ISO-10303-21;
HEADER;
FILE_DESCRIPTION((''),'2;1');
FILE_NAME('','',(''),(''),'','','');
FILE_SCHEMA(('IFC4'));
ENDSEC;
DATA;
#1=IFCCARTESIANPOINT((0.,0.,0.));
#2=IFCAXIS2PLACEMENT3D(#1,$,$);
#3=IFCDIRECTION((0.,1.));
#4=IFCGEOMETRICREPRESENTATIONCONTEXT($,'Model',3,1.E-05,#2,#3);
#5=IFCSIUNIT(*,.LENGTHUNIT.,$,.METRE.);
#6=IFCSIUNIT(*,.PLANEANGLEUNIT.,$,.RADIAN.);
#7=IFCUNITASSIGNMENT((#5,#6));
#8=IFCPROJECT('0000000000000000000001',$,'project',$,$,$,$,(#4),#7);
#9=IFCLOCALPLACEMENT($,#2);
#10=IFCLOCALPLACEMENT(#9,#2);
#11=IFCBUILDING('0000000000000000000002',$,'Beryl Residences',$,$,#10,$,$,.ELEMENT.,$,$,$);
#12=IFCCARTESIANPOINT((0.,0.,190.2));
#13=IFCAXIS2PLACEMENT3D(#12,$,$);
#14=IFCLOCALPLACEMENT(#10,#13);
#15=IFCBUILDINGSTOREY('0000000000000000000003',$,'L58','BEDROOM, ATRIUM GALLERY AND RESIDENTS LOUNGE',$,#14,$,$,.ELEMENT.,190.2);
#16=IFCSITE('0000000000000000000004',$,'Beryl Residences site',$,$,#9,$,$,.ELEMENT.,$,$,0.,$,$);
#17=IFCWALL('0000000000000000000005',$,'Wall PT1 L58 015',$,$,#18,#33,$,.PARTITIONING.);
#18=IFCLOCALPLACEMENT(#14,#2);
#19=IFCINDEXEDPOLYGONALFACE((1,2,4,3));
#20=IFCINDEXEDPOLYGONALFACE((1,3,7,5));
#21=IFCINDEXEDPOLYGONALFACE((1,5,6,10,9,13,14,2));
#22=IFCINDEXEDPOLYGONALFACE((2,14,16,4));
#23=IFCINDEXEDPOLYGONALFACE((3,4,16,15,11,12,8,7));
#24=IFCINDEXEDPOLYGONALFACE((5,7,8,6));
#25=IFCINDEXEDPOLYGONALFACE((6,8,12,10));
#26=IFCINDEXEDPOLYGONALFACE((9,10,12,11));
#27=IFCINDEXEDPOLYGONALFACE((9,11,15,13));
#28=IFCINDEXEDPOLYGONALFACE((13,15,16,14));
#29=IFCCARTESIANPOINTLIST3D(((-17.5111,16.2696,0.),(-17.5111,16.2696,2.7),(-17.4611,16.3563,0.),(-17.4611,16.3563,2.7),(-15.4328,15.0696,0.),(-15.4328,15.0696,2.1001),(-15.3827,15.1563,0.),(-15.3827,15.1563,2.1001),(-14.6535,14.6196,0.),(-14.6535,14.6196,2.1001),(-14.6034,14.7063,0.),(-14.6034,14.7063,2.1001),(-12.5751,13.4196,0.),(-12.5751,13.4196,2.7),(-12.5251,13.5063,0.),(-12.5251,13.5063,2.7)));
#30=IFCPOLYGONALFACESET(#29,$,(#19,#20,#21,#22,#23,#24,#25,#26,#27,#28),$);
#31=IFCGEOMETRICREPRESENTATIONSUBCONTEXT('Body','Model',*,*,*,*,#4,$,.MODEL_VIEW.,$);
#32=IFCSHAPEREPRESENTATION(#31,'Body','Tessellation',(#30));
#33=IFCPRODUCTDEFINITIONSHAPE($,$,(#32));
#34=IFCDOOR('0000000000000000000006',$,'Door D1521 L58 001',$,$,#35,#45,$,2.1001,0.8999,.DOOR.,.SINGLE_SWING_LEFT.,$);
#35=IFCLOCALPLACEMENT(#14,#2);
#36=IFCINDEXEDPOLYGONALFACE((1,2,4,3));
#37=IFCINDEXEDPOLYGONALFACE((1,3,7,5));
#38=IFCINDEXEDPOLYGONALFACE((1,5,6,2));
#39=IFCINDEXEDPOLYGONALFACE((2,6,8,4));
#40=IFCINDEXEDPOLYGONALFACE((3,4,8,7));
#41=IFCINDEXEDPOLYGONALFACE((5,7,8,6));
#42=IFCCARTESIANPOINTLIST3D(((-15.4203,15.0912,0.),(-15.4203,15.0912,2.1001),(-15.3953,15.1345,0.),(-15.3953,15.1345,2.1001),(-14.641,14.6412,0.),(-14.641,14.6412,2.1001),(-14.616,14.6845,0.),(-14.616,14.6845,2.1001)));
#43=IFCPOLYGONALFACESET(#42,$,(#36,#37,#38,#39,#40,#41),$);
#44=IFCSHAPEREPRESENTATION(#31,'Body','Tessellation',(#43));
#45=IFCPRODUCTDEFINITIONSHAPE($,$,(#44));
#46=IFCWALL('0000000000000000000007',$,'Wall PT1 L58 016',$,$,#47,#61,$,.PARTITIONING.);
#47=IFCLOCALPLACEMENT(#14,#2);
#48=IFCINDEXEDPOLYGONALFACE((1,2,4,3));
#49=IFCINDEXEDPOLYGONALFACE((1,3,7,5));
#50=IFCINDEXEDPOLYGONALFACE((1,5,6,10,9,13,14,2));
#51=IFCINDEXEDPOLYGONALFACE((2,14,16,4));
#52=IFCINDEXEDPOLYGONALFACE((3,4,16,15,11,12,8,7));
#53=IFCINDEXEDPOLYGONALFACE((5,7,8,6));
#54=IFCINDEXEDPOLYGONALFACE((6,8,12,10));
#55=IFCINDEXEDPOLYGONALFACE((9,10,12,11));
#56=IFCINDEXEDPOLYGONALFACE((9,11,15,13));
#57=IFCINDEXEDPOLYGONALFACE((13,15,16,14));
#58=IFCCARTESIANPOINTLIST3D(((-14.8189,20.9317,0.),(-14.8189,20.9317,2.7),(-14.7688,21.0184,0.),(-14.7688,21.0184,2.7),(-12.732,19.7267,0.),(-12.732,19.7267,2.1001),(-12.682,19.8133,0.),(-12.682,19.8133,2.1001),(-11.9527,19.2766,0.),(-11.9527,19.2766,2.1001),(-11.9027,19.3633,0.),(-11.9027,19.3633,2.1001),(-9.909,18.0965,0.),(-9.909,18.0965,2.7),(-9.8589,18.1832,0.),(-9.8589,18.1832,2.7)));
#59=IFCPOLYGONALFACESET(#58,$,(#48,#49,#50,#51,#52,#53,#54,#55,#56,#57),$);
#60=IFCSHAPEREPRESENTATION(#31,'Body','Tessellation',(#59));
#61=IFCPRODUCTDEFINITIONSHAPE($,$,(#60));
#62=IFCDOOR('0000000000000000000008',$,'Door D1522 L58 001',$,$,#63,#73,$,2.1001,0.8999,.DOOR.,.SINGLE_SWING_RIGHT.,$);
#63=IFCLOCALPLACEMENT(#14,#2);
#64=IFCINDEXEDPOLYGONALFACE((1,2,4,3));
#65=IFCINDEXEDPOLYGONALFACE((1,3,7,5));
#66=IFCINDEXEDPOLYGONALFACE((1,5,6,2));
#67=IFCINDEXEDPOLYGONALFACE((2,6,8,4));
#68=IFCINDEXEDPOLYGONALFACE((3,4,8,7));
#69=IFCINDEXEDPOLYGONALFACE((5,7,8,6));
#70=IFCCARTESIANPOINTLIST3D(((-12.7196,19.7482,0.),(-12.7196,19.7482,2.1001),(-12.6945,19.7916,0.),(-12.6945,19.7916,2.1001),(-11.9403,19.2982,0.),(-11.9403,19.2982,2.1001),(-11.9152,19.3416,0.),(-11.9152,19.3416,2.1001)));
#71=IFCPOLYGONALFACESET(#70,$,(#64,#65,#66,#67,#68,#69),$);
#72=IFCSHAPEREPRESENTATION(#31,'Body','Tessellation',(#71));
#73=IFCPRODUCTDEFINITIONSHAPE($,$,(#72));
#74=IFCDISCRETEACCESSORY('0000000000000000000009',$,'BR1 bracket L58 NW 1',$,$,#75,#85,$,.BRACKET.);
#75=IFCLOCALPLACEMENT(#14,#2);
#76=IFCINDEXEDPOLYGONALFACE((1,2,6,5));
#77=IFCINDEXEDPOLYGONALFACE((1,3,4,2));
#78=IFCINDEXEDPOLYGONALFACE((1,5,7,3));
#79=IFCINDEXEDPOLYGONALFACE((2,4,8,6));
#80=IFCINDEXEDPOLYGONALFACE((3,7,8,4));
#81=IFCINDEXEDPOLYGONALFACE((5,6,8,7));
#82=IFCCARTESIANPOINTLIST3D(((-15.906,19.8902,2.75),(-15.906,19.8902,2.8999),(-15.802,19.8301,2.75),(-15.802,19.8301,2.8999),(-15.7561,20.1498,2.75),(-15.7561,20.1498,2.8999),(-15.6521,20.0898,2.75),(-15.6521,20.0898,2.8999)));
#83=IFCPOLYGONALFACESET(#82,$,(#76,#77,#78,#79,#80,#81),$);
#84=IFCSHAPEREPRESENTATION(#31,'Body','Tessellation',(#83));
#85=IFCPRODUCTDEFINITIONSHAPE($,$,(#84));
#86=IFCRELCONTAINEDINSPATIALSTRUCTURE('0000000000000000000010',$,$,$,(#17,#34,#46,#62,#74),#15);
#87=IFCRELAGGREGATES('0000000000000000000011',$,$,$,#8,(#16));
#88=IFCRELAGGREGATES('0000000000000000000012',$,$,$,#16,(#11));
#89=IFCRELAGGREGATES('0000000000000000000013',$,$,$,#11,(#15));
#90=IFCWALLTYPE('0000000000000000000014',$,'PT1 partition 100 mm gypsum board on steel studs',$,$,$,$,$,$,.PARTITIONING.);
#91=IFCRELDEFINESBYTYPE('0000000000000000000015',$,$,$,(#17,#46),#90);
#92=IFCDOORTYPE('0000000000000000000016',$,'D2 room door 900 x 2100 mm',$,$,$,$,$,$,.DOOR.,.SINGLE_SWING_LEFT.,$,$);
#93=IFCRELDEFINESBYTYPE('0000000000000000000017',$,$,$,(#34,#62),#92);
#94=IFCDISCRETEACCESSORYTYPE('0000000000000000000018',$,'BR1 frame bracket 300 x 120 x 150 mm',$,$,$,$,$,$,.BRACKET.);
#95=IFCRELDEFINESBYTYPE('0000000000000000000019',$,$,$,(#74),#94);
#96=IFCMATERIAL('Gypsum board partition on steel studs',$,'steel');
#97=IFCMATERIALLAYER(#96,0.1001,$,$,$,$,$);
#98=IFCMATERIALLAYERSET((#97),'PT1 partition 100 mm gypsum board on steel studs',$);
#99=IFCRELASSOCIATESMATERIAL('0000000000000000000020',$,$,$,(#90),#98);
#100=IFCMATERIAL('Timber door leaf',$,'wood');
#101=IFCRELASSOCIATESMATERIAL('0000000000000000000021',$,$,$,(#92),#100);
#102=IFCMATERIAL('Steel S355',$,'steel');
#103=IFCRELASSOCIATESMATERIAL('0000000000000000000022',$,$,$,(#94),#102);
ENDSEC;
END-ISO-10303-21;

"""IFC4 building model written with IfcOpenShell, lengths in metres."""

from ifc_helpers import new_model, si_unit, direction, frame, frame_2d, origin, place, context, subcontext, project, spatial, polyline, rectangle, outline, extrude, source, transform, mapped, material, layer, layer_set, type_object, type_shapes, element, fill, save


model = new_model("IFC4")

# Units and contexts
model_context = context("Model", 3, precision=1e-05, world=origin(), true_north=direction((0.0, 1.0)))
body_context = subcontext(model_context, "Body", "Model", "MODEL_VIEW")
ifc_project = project(units=[si_unit("LENGTHUNIT", "METRE"), si_unit("PLANEANGLEUNIT", "RADIAN")], contexts=[model_context])

# Site, building, storey
site_placement = place(None, origin())
site = spatial("IfcSite", under=ifc_project, at=site_placement, Name="Beryl Residences site", CompositionType="ELEMENT", RefElevation=0.0)
building_placement = place(site_placement, origin())
building = spatial("IfcBuilding", under=site, at=building_placement, Name="Beryl Residences", CompositionType="ELEMENT")
storey_placement = place(building_placement, frame((0.0, 0.0, 190.2)))
storey = spatial("IfcBuildingStorey", under=building, at=storey_placement, Name="L58", Description="BEDROOM, ATRIUM GALLERY AND RESIDENTS LOUNGE", CompositionType="ELEMENT", Elevation=190.2)

# Walls, openings, doors
ifc_material_1 = material(Name="Gypsum board partition on steel studs", Category="steel")
ifc_layer_1 = layer(ifc_material_1, 0.1001)
ifc_layer_set_1 = layer_set([ifc_layer_1], Name="PT1 partition 100 mm gypsum board on steel studs")
wall_type_1 = type_object("IfcWallType", Name="PT1 partition 100 mm gypsum board on steel studs", PredefinedType="PARTITIONING", material=ifc_layer_set_1)
wall_1_placement = place(storey_placement, frame((-17.4861, 16.313, 0.0), z_axis=(0.0, 0.0, 1.0), x_axis=(0.866004, -0.500036, 0.0)))
wall_1 = element("IfcWall", 1, at=wall_1_placement, inside=storey, type_object=wall_type_1, Name="Wall PT1 L58 015", PredefinedType="PARTITIONING", context=body_context, shape_type="SweptSolid", body=[
    extrude(rectangle(XDim=5.6997, YDim=0.1001, at=frame_2d((2.8499, 0.0))), origin(), (0.0, 0.0, 1.0), 2.7),
])
opening_1_placement = place(wall_1_placement, frame((2.3999, 0.0, 0.0)))
opening_1 = element("IfcOpeningElement", 2, at=opening_1_placement, cuts=wall_1, PredefinedType="OPENING", context=body_context, shape_type="SweptSolid", body=[
    extrude(rectangle(XDim=0.8999, YDim=2.1001, at=frame_2d((0.45, 1.05))), frame((0.0, 0.0601, 0.0), z_axis=(0.0, -1.0, 0.0), x_axis=(1.0, 0.0, 0.0)), (0.0, 0.0, 1.0), 0.1201),
])
ifc_material_2 = material(Name="Timber door leaf", Category="wood")
door_type = type_object("IfcDoorType", Name="D2 room door 900 x 2100 mm", OperationType="SINGLE_SWING_LEFT", PredefinedType="DOOR", material=ifc_material_2)
door_1_placement = place(opening_1_placement, origin())
door_1 = element("IfcDoor", 3, at=door_1_placement, inside=storey, type_object=door_type, Name="Door D1521 L58 001", OperationType="SINGLE_SWING_LEFT", OverallHeight=2.1001, OverallWidth=0.8999, PredefinedType="DOOR", context=body_context, shape_type="SweptSolid", body=[
    extrude(rectangle(XDim=0.8999, YDim=2.1001, at=frame_2d((0.45, 1.05))), frame((0.0, 0.0249, 0.0), z_axis=(0.0, -1.0, 0.0), x_axis=(1.0, 0.0, 0.0)), (0.0, 0.0, 1.0), 0.05),
])
fill(opening_1, door_1)
wall_2_placement = place(storey_placement, frame((-14.7939, 20.9751, 0.0), z_axis=(0.0, 0.0, 1.0), x_axis=(0.86599, -0.500062, 0.0)))
wall_2 = element("IfcWall", 4, at=wall_2_placement, inside=storey, type_object=wall_type_1, Name="Wall PT1 L58 016", PredefinedType="PARTITIONING", context=body_context, shape_type="SweptSolid", body=[
    extrude(rectangle(XDim=5.6697, YDim=0.1001, at=frame_2d((2.835, 0.0))), origin(), (0.0, 0.0, 1.0), 2.7),
])
opening_2_placement = place(wall_2_placement, frame((2.4099, 0.0, 0.0)))
opening_2 = element("IfcOpeningElement", 5, at=opening_2_placement, cuts=wall_2, PredefinedType="OPENING", context=body_context, shape_type="SweptSolid", body=[
    extrude(rectangle(XDim=0.8999, YDim=2.1001, at=frame_2d((0.45, 1.05))), frame((0.0, 0.0601, 0.0), z_axis=(0.0, -1.0, 0.0), x_axis=(1.0, 0.0, 0.0)), (0.0, 0.0, 1.0), 0.1201),
])
door_2_placement = place(opening_2_placement, origin())
door_2 = element("IfcDoor", 6, at=door_2_placement, inside=storey, type_object=door_type, Name="Door D1522 L58 001", OperationType="SINGLE_SWING_RIGHT", OverallHeight=2.1001, OverallWidth=0.8999, PredefinedType="DOOR", context=body_context, shape_type="SweptSolid", body=[
    extrude(rectangle(XDim=0.8999, YDim=2.1001, at=frame_2d((0.45, 1.05))), frame((0.0, 0.0249, 0.0), z_axis=(0.0, -1.0, 0.0), x_axis=(1.0, 0.0, 0.0)), (0.0, 0.0, 1.0), 0.05),
])
fill(opening_2, door_2)

# Discrete accessory
ifc_material_3 = material(Name="Steel S355", Category="steel")
discrete_accessory_type = type_object("IfcDiscreteAccessoryType", Name="BR1 frame bracket 300 x 120 x 150 mm", PredefinedType="BRACKET", material=ifc_material_3)
shared_shape_1 = source(origin(), body_context, "Body", "SweptSolid", [
    extrude(outline(polyline([(-0.1499, 0.0), (0.1499, 0.0), (0.1499, 0.1201), (-0.1499, 0.1201), (-0.1499, 0.0)])), origin(), (0.0, 0.0, 1.0), 0.1499),
])
type_shapes(discrete_accessory_type, [shared_shape_1])
discrete_accessory_placement = place(storey_placement, frame((-15.7271, 19.96, 2.75), z_axis=(0.0, 0.0, 1.0), x_axis=(0.5, 0.866025, 0.0)))
element("IfcDiscreteAccessory", 7, at=discrete_accessory_placement, inside=storey, type_object=discrete_accessory_type, Name="BR1 bracket L58 NW 1", PredefinedType="BRACKET", context=body_context, shape_type="MappedRepresentation", body=[
    mapped(shared_shape_1, transform((0.0, 0.0, 0.0))),
])

save(model, "model.ifc")
